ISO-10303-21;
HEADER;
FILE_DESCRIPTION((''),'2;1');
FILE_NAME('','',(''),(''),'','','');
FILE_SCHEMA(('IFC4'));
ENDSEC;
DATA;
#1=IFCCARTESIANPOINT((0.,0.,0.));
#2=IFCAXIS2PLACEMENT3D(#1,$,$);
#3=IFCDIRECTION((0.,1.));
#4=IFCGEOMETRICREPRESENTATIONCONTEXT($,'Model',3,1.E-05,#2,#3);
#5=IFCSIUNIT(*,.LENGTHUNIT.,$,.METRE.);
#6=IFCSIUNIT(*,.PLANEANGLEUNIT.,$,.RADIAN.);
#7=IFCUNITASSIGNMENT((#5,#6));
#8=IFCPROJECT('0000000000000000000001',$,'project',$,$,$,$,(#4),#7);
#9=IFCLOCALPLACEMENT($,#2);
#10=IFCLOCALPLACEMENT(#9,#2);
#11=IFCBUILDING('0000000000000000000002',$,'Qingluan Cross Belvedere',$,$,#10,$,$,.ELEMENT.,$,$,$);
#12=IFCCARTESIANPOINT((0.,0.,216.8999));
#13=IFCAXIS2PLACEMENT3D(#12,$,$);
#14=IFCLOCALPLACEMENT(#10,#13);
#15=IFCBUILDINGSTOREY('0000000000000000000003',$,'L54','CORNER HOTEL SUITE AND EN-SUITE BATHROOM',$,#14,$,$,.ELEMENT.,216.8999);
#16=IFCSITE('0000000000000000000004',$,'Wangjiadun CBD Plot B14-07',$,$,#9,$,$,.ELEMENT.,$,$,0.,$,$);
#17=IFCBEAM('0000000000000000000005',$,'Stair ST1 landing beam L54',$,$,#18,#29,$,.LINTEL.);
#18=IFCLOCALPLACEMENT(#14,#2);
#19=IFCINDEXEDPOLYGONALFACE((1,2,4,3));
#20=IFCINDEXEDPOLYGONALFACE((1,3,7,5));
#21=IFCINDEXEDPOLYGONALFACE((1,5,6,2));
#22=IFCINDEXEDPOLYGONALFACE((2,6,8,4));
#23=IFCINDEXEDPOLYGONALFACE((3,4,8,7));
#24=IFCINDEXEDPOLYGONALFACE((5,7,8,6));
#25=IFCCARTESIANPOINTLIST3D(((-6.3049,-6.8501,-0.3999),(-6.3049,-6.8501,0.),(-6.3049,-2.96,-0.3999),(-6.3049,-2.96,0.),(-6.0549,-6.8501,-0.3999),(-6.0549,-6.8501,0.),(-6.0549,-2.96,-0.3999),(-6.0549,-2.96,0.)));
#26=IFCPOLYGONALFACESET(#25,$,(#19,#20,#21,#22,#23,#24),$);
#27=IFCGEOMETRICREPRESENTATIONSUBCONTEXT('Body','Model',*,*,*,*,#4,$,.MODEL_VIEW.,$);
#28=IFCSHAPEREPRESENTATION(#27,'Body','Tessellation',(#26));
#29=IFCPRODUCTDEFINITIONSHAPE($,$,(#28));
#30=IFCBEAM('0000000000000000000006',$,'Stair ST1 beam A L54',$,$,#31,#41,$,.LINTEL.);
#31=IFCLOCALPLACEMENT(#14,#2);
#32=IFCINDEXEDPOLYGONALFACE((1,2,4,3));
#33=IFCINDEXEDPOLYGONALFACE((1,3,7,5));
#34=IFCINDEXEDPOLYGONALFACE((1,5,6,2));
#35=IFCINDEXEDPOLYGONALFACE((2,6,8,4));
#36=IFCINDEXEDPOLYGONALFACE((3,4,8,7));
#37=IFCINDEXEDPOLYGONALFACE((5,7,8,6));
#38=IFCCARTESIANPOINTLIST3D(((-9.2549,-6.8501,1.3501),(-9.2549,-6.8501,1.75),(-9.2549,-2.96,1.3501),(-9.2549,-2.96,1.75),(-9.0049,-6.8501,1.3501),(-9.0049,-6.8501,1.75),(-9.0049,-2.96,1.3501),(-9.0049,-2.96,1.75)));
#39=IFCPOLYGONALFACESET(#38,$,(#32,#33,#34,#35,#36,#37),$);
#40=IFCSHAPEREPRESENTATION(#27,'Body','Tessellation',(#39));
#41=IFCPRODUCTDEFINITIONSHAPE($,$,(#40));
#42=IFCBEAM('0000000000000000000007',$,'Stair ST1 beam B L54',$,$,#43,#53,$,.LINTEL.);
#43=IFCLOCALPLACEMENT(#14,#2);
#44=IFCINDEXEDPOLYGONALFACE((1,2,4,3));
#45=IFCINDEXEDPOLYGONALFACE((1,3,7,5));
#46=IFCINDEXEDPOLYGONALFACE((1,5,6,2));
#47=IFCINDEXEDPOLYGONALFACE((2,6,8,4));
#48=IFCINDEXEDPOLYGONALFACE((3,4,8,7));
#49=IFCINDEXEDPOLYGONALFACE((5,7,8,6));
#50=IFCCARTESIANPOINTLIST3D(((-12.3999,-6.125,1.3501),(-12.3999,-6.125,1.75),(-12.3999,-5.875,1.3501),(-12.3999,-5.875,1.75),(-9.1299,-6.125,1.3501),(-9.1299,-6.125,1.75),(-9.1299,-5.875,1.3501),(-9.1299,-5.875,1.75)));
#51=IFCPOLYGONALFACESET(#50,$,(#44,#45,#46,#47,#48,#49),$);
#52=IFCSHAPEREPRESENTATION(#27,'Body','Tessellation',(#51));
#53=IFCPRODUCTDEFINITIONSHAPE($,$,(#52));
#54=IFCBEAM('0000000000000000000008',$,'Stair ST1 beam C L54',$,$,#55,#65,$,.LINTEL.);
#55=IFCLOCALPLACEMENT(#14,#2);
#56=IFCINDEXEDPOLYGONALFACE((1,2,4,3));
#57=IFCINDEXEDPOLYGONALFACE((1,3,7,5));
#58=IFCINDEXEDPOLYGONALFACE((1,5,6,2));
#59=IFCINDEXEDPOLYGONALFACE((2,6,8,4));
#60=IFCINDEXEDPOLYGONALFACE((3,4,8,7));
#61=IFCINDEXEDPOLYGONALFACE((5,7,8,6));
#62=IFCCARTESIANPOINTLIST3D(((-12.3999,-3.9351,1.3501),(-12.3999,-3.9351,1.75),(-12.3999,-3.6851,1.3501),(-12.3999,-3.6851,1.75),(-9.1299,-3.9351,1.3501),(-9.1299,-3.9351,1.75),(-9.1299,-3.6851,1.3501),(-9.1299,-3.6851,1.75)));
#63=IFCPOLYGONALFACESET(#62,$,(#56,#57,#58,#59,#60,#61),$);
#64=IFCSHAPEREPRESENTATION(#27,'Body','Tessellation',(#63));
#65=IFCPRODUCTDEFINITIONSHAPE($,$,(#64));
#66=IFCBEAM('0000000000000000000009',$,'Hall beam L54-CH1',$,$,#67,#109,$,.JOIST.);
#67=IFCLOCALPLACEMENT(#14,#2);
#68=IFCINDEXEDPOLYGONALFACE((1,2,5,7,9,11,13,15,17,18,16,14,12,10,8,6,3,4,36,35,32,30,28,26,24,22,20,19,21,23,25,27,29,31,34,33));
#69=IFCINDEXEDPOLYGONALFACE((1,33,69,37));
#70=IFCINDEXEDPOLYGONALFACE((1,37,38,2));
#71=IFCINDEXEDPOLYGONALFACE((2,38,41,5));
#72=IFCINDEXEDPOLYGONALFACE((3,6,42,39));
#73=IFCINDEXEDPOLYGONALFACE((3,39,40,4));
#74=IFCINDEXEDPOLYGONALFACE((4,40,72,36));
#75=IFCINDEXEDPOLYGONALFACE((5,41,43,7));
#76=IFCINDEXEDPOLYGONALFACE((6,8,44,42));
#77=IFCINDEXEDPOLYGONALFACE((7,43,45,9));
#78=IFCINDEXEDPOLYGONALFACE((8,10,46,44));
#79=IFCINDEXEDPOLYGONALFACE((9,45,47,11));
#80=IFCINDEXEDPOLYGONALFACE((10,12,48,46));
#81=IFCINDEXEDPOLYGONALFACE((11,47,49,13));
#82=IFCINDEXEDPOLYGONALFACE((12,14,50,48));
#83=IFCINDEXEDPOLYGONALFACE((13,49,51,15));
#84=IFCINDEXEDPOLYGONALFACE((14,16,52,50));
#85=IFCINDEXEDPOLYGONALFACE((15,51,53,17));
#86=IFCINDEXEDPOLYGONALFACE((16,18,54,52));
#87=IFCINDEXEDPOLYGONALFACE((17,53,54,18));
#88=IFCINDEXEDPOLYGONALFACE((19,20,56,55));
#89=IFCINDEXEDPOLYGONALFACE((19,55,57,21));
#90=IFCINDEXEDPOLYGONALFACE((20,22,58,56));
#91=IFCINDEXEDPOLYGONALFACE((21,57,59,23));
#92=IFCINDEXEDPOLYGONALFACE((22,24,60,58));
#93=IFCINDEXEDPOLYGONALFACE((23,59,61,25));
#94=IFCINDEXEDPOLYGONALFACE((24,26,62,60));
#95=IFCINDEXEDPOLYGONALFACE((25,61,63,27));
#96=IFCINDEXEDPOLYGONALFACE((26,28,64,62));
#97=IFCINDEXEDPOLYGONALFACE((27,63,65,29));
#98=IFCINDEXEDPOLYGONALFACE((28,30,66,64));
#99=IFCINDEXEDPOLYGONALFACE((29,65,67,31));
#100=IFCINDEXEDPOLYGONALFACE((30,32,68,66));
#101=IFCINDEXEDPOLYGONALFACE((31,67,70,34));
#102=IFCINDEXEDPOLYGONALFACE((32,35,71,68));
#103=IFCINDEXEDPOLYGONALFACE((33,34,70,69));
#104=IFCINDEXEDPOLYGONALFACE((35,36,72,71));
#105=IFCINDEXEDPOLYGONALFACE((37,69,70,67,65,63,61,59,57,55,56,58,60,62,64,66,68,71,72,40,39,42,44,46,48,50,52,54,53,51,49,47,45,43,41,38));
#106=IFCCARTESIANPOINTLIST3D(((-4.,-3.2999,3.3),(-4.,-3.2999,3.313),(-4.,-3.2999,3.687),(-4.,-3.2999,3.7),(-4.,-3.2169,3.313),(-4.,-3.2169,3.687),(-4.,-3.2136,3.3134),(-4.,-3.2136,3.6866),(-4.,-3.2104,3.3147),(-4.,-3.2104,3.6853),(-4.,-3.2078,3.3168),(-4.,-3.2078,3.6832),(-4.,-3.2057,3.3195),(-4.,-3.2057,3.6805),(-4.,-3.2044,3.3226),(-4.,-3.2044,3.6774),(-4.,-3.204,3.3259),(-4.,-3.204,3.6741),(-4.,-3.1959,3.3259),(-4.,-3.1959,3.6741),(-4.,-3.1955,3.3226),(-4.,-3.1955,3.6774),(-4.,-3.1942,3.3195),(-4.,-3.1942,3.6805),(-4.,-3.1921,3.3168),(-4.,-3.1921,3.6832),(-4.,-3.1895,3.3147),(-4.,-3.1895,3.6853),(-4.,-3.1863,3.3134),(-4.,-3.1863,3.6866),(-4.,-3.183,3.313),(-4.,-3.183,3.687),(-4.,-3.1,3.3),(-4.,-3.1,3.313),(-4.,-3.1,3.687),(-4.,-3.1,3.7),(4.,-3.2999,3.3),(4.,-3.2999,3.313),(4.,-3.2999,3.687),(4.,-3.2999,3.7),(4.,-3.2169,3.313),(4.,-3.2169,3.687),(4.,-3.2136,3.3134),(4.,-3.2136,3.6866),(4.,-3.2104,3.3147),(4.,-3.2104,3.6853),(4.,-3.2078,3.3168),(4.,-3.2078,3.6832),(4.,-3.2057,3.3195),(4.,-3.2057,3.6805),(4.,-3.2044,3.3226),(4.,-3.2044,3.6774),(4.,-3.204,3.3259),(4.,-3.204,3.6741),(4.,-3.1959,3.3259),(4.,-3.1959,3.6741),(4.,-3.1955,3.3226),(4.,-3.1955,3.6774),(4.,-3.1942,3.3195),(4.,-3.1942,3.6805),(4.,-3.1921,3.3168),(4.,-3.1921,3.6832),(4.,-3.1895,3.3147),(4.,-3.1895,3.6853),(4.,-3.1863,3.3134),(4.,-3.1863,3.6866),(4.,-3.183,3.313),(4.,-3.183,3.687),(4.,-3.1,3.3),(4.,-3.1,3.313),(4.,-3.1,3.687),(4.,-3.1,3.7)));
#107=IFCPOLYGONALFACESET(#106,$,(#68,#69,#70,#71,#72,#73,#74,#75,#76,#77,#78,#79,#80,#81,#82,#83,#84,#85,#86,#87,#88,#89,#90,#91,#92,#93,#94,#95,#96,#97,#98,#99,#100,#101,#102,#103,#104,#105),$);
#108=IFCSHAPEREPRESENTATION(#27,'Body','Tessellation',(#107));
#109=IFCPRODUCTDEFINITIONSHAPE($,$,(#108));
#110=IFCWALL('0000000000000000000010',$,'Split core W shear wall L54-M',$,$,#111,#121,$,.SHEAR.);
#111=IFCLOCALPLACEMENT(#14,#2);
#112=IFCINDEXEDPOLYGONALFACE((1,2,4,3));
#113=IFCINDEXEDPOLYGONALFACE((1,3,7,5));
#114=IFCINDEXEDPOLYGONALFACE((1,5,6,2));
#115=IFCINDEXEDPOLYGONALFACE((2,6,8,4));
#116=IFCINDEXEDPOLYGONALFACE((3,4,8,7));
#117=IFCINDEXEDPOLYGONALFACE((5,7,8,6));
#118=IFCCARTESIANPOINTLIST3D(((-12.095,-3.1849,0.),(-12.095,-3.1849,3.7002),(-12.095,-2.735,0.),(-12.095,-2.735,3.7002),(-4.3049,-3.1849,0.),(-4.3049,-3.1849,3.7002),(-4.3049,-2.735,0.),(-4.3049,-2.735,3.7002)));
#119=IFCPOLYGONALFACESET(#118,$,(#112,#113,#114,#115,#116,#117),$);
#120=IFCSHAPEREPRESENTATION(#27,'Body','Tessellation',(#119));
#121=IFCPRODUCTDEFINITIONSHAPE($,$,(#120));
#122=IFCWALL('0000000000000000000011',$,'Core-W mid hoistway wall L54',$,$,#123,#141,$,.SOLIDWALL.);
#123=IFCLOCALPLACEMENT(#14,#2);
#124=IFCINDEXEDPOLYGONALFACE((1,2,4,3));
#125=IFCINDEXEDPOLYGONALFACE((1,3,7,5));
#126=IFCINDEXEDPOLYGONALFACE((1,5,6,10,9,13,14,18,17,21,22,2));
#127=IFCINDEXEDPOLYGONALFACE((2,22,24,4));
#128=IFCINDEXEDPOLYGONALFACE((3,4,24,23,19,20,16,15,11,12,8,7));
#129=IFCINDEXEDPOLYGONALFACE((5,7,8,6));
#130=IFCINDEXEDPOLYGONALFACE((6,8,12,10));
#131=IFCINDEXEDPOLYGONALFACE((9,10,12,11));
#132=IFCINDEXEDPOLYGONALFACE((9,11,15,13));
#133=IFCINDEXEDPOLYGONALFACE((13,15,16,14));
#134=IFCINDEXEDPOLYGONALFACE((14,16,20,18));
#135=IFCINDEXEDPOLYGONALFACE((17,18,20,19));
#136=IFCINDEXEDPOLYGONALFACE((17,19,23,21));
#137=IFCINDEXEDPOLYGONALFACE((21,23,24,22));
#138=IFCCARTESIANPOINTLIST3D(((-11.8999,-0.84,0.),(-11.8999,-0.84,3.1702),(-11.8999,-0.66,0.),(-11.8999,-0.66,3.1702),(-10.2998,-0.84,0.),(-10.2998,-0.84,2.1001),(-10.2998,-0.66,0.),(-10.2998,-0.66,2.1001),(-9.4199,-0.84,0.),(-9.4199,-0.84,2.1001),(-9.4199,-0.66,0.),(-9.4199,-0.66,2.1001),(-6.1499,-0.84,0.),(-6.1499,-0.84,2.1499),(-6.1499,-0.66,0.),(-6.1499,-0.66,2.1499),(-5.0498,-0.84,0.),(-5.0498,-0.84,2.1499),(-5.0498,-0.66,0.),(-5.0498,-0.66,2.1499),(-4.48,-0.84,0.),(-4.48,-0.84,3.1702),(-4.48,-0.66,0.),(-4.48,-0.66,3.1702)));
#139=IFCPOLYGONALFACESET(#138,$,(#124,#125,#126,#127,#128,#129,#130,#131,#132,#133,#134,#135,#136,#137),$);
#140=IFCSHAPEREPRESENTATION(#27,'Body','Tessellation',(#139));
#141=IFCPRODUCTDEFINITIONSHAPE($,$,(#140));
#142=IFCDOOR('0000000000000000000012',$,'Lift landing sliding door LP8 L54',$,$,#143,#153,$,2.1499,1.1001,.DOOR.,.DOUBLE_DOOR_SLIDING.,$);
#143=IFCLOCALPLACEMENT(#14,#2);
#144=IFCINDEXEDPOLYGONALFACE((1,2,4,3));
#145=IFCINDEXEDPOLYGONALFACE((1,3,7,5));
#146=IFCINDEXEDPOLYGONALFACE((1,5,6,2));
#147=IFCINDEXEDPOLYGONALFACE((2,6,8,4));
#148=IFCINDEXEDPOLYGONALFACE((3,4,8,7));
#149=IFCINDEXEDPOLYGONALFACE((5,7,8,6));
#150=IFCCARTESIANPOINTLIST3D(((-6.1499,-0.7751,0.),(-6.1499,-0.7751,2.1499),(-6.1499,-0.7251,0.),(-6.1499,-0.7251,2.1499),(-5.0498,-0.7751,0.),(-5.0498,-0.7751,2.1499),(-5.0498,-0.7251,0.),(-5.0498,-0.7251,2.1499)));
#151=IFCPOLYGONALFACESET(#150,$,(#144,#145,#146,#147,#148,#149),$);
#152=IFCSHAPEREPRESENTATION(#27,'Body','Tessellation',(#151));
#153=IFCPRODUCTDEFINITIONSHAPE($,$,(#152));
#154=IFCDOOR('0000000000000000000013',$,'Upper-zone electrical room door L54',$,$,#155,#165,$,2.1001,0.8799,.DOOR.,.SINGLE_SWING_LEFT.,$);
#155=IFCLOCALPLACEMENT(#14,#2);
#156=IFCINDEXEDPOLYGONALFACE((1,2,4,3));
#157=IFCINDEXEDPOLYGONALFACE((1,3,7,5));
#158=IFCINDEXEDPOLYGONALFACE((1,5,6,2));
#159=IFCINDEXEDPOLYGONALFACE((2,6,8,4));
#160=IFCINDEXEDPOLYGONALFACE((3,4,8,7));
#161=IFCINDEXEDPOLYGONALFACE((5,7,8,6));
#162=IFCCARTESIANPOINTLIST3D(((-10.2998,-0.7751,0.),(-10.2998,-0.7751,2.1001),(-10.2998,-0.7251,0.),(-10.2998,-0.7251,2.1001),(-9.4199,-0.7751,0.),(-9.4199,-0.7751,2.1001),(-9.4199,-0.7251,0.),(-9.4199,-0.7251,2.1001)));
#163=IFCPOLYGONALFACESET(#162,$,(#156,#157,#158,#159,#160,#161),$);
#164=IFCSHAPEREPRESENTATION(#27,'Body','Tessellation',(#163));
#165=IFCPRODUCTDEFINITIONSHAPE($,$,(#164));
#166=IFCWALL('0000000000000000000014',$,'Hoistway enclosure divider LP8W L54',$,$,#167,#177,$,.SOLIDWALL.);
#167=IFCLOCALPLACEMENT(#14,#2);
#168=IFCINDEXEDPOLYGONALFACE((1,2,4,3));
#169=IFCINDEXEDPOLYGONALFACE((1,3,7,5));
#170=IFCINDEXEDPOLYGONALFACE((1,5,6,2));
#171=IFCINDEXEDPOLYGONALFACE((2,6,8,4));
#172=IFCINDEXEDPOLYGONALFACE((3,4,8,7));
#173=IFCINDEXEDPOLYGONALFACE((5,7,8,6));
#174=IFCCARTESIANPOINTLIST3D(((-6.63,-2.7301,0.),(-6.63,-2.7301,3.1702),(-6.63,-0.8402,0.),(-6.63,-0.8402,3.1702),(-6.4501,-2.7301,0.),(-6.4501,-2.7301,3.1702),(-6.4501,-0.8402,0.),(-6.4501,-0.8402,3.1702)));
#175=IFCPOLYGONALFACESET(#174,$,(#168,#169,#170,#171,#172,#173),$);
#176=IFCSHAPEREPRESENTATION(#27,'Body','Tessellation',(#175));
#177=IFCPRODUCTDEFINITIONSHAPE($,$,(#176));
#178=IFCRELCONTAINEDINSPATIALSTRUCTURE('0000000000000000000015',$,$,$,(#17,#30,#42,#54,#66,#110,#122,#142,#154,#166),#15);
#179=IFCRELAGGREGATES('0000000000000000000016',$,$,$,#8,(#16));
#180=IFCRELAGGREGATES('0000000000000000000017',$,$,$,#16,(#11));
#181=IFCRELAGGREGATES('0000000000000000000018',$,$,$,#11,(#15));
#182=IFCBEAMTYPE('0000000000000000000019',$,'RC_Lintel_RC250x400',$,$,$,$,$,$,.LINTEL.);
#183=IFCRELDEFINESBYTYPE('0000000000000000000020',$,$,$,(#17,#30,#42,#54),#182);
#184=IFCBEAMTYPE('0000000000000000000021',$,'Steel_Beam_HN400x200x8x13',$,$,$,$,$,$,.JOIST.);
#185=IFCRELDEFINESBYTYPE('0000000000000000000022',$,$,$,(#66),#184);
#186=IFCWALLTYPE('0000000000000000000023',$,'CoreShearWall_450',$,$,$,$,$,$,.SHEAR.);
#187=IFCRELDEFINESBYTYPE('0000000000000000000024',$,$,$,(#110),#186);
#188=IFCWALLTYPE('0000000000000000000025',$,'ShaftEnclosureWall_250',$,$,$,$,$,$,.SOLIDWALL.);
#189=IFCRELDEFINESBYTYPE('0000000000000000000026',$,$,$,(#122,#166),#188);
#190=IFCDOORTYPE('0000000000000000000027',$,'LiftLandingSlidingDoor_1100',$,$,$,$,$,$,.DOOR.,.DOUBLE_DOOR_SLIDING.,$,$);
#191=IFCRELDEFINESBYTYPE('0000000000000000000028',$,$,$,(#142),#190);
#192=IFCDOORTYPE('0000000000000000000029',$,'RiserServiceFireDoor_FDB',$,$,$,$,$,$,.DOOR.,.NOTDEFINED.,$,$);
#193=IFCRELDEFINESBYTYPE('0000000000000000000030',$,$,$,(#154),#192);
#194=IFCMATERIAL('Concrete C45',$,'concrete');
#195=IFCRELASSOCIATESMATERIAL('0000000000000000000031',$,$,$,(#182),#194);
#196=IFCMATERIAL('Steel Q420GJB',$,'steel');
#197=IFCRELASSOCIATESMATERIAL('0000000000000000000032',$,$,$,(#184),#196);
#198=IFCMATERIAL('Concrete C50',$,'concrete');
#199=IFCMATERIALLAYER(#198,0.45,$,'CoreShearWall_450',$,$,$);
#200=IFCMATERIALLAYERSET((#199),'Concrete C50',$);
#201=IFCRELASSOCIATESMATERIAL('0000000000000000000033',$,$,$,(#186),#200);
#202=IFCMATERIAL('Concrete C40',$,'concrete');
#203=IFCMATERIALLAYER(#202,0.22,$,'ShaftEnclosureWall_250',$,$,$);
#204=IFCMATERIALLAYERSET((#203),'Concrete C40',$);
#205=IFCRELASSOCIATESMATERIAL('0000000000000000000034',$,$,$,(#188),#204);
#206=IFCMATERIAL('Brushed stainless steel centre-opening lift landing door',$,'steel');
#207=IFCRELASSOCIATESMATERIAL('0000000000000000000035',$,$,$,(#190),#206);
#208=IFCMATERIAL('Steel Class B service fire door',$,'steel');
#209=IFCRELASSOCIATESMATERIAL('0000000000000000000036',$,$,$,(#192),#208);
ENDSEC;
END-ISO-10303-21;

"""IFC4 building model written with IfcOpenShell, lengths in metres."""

from ifc_helpers import new_model, si_unit, direction, frame, frame_2d, origin, origin_2d, place, context, subcontext, project, spatial, rectangle, i_section, extrude, material, layer, layer_set, material_profile, profile_set, type_object, element, fill, save


model = new_model("IFC4")

# Units and contexts
model_context = context("Model", 3, precision=1e-05, world=origin(), true_north=direction((0.0, 1.0)))
body_context = subcontext(model_context, "Body", "Model", "MODEL_VIEW")
ifc_project = project(units=[si_unit("LENGTHUNIT", "METRE"), si_unit("PLANEANGLEUNIT", "RADIAN")], contexts=[model_context])

# Site, building, storey
site_placement = place(None, origin())
site = spatial("IfcSite", under=ifc_project, at=site_placement, Name="Wangjiadun CBD Plot B14-07", CompositionType="ELEMENT", RefElevation=0.0)
building_placement = place(site_placement, origin())
building = spatial("IfcBuilding", under=site, at=building_placement, Name="Qingluan Cross Belvedere", CompositionType="ELEMENT")
storey_placement = place(building_placement, frame((0.0, 0.0, 216.8999)))
storey = spatial("IfcBuildingStorey", under=building, at=storey_placement, Name="L54", Description="CORNER HOTEL SUITE AND EN-SUITE BATHROOM", CompositionType="ELEMENT", Elevation=216.8999)

# Beams
ifc_material_1 = material(Name="Concrete C45", Category="concrete")
ifc_material_profile_1 = material_profile(ifc_material_1, rectangle(XDim=0.25, YDim=0.3999, at=origin_2d()), Name="RC250x400")
ifc_profile_set_1 = profile_set([ifc_material_profile_1], Name="Concrete C45")
beam_type_1 = type_object("IfcBeamType", Name="RC_Lintel_RC250x400", PredefinedType="LINTEL", material=ifc_profile_set_1)
for number, where, z_axis, x_axis, name in (
    (1, (-6.1799, -6.8501, -0.2), (0.0, 1.0, 0.0), (-1.0, 0.0, 0.0), "Stair ST1 landing beam L54"),
    (2, (-9.1299, -6.8501, 1.55), (0.0, 1.0, 0.0), (-1.0, 0.0, 0.0), "Stair ST1 beam A L54"),
):
    element("IfcBeam", number, at=place(storey_placement, frame(where, z_axis=z_axis, x_axis=x_axis)), inside=storey, type_object=beam_type_1, Name=name, PredefinedType="LINTEL", context=body_context, shape_type="SweptSolid", body=[
        extrude(rectangle(XDim=0.25, YDim=0.3999, at=origin_2d()), origin(), (0.0, 0.0, 1.0), 3.8901),
    ])
for number, where, z_axis, x_axis, name in (
    (3, (-12.3999, -6.0, 1.55), (1.0, 0.0, 0.0), (0.0, 1.0, 0.0), "Stair ST1 beam B L54"),
    (4, (-12.3999, -3.8101, 1.55), (1.0, 0.0, 0.0), (0.0, 1.0, 0.0), "Stair ST1 beam C L54"),
):
    element("IfcBeam", number, at=place(storey_placement, frame(where, z_axis=z_axis, x_axis=x_axis)), inside=storey, type_object=beam_type_1, Name=name, PredefinedType="LINTEL", context=body_context, shape_type="SweptSolid", body=[
        extrude(rectangle(XDim=0.25, YDim=0.3999, at=origin_2d()), origin(), (0.0, 0.0, 1.0), 3.27),
    ])
ifc_material_2 = material(Name="Steel Q420GJB", Category="steel")
ifc_material_profile_2 = material_profile(ifc_material_2, i_section(OverallWidth=0.2, OverallDepth=0.3999, WebThickness=0.0081, FlangeThickness=0.0129, FilletRadius=0.0129, at=origin_2d()), Name="HN400x200x8x13")
ifc_profile_set_2 = profile_set([ifc_material_profile_2], Name="Steel Q420GJB")
beam_type_2 = type_object("IfcBeamType", Name="Steel_Beam_HN400x200x8x13", PredefinedType="JOIST", material=ifc_profile_set_2)
beam_placement = place(storey_placement, frame((-4.0, -3.2, 3.5), z_axis=(1.0, 0.0, 0.0), x_axis=(0.0, 1.0, 0.0)))
element("IfcBeam", 5, at=beam_placement, inside=storey, type_object=beam_type_2, Name="Hall beam L54-CH1", PredefinedType="JOIST", context=body_context, shape_type="SweptSolid", body=[
    extrude(i_section(OverallWidth=0.2, OverallDepth=0.3999, WebThickness=0.0081, FlangeThickness=0.0129, FilletRadius=0.0129, at=origin_2d()), origin(), (0.0, 0.0, 1.0), 8.0),
])

# Wall
ifc_material_3 = material(Name="Concrete C50", Category="concrete")
ifc_layer_1 = layer(ifc_material_3, 0.45, Name="CoreShearWall_450")
ifc_layer_set_1 = layer_set([ifc_layer_1], Name="Concrete C50")
wall_type_1 = type_object("IfcWallType", Name="CoreShearWall_450", PredefinedType="SHEAR", material=ifc_layer_set_1)
wall_1_placement = place(storey_placement, frame((-12.095, -2.96, 0.0), z_axis=(0.0, 0.0, 1.0), x_axis=(1.0, 0.0, 0.0)))
element("IfcWall", 6, at=wall_1_placement, inside=storey, type_object=wall_type_1, Name="Split core W shear wall L54-M", PredefinedType="SHEAR", context=body_context, shape_type="SweptSolid", body=[
    extrude(rectangle(XDim=7.79, YDim=0.45, at=frame_2d((3.895, 0.0))), origin(), (0.0, 0.0, 1.0), 3.7002),
])

# Wall, openings, doors
ifc_material_4 = material(Name="Concrete C40", Category="concrete")
ifc_layer_2 = layer(ifc_material_4, 0.22, Name="ShaftEnclosureWall_250")
ifc_layer_set_2 = layer_set([ifc_layer_2], Name="Concrete C40")
wall_type_2 = type_object("IfcWallType", Name="ShaftEnclosureWall_250", PredefinedType="SOLIDWALL", material=ifc_layer_set_2)
wall_2_placement = place(storey_placement, frame((-11.8999, -0.75, 0.0), z_axis=(0.0, 0.0, 1.0), x_axis=(1.0, 0.0, 0.0)))
wall_2 = element("IfcWall", 7, at=wall_2_placement, inside=storey, type_object=wall_type_2, Name="Core-W mid hoistway wall L54", PredefinedType="SOLIDWALL", context=body_context, shape_type="SweptSolid", body=[
    extrude(rectangle(XDim=7.4199, YDim=0.1799, at=frame_2d((3.71, 0.0))), origin(), (0.0, 0.0, 1.0), 3.1702),
])
opening_1_placement = place(wall_2_placement, frame((5.75, 0.0, 0.0)))
opening_1 = element("IfcOpeningElement", 8, at=opening_1_placement, cuts=wall_2, PredefinedType="OPENING", context=body_context, shape_type="SweptSolid", body=[
    extrude(rectangle(XDim=1.1001, YDim=2.1499, at=frame_2d((0.55, 1.075))), frame((0.0, 0.0999, 0.0), z_axis=(0.0, -1.0, 0.0), x_axis=(1.0, 0.0, 0.0)), (0.0, 0.0, 1.0), 0.2),
])
opening_2_placement = place(wall_2_placement, frame((1.6001, 0.0, 0.0)))
opening_2 = element("IfcOpeningElement", 9, at=opening_2_placement, cuts=wall_2, PredefinedType="OPENING", context=body_context, shape_type="SweptSolid", body=[
    extrude(rectangle(XDim=0.8799, YDim=2.1001, at=frame_2d((0.4399, 1.05))), frame((0.0, 0.0999, 0.0), z_axis=(0.0, -1.0, 0.0), x_axis=(1.0, 0.0, 0.0)), (0.0, 0.0, 1.0), 0.2),
])
ifc_material_5 = material(Name="Brushed stainless steel centre-opening lift landing door", Category="steel")
door_type_1 = type_object("IfcDoorType", Name="LiftLandingSlidingDoor_1100", OperationType="DOUBLE_DOOR_SLIDING", PredefinedType="DOOR", material=ifc_material_5)
door_1_placement = place(opening_1_placement, origin())
door_1 = element("IfcDoor", 10, at=door_1_placement, inside=storey, type_object=door_type_1, Name="Lift landing sliding door LP8 L54", OperationType="DOUBLE_DOOR_SLIDING", OverallHeight=2.1499, OverallWidth=1.1001, PredefinedType="DOOR", context=body_context, shape_type="SweptSolid", body=[
    extrude(rectangle(XDim=1.1001, YDim=2.1499, at=frame_2d((0.55, 1.075))), frame((0.0, 0.0249, 0.0), z_axis=(0.0, -1.0, 0.0), x_axis=(1.0, 0.0, 0.0)), (0.0, 0.0, 1.0), 0.05),
])
fill(opening_1, door_1)
ifc_material_6 = material(Name="Steel Class B service fire door", Category="steel")
door_type_2 = type_object("IfcDoorType", Name="RiserServiceFireDoor_FDB", OperationType="NOTDEFINED", PredefinedType="DOOR", material=ifc_material_6)
door_2_placement = place(opening_2_placement, origin())
door_2 = element("IfcDoor", 11, at=door_2_placement, inside=storey, type_object=door_type_2, Name="Upper-zone electrical room door L54", OperationType="SINGLE_SWING_LEFT", OverallHeight=2.1001, OverallWidth=0.8799, PredefinedType="DOOR", context=body_context, shape_type="SweptSolid", body=[
    extrude(rectangle(XDim=0.8799, YDim=2.1001, at=frame_2d((0.4399, 1.05))), frame((0.0, 0.0249, 0.0), z_axis=(0.0, -1.0, 0.0), x_axis=(1.0, 0.0, 0.0)), (0.0, 0.0, 1.0), 0.05),
])
fill(opening_2, door_2)

# Wall
wall_3_placement = place(storey_placement, frame((-6.54, -2.73, 0.0), z_axis=(0.0, 0.0, 1.0), x_axis=(0.0, 1.0, 0.0)))
element("IfcWall", 12, at=wall_3_placement, inside=storey, type_object=wall_type_2, Name="Hoistway enclosure divider LP8W L54", PredefinedType="SOLIDWALL", context=body_context, shape_type="SweptSolid", body=[
    extrude(rectangle(XDim=1.8899, YDim=0.1799, at=frame_2d((0.9448, 0.0))), origin(), (0.0, 0.0, 1.0), 3.1702),
])

save(model, "model.ifc")
